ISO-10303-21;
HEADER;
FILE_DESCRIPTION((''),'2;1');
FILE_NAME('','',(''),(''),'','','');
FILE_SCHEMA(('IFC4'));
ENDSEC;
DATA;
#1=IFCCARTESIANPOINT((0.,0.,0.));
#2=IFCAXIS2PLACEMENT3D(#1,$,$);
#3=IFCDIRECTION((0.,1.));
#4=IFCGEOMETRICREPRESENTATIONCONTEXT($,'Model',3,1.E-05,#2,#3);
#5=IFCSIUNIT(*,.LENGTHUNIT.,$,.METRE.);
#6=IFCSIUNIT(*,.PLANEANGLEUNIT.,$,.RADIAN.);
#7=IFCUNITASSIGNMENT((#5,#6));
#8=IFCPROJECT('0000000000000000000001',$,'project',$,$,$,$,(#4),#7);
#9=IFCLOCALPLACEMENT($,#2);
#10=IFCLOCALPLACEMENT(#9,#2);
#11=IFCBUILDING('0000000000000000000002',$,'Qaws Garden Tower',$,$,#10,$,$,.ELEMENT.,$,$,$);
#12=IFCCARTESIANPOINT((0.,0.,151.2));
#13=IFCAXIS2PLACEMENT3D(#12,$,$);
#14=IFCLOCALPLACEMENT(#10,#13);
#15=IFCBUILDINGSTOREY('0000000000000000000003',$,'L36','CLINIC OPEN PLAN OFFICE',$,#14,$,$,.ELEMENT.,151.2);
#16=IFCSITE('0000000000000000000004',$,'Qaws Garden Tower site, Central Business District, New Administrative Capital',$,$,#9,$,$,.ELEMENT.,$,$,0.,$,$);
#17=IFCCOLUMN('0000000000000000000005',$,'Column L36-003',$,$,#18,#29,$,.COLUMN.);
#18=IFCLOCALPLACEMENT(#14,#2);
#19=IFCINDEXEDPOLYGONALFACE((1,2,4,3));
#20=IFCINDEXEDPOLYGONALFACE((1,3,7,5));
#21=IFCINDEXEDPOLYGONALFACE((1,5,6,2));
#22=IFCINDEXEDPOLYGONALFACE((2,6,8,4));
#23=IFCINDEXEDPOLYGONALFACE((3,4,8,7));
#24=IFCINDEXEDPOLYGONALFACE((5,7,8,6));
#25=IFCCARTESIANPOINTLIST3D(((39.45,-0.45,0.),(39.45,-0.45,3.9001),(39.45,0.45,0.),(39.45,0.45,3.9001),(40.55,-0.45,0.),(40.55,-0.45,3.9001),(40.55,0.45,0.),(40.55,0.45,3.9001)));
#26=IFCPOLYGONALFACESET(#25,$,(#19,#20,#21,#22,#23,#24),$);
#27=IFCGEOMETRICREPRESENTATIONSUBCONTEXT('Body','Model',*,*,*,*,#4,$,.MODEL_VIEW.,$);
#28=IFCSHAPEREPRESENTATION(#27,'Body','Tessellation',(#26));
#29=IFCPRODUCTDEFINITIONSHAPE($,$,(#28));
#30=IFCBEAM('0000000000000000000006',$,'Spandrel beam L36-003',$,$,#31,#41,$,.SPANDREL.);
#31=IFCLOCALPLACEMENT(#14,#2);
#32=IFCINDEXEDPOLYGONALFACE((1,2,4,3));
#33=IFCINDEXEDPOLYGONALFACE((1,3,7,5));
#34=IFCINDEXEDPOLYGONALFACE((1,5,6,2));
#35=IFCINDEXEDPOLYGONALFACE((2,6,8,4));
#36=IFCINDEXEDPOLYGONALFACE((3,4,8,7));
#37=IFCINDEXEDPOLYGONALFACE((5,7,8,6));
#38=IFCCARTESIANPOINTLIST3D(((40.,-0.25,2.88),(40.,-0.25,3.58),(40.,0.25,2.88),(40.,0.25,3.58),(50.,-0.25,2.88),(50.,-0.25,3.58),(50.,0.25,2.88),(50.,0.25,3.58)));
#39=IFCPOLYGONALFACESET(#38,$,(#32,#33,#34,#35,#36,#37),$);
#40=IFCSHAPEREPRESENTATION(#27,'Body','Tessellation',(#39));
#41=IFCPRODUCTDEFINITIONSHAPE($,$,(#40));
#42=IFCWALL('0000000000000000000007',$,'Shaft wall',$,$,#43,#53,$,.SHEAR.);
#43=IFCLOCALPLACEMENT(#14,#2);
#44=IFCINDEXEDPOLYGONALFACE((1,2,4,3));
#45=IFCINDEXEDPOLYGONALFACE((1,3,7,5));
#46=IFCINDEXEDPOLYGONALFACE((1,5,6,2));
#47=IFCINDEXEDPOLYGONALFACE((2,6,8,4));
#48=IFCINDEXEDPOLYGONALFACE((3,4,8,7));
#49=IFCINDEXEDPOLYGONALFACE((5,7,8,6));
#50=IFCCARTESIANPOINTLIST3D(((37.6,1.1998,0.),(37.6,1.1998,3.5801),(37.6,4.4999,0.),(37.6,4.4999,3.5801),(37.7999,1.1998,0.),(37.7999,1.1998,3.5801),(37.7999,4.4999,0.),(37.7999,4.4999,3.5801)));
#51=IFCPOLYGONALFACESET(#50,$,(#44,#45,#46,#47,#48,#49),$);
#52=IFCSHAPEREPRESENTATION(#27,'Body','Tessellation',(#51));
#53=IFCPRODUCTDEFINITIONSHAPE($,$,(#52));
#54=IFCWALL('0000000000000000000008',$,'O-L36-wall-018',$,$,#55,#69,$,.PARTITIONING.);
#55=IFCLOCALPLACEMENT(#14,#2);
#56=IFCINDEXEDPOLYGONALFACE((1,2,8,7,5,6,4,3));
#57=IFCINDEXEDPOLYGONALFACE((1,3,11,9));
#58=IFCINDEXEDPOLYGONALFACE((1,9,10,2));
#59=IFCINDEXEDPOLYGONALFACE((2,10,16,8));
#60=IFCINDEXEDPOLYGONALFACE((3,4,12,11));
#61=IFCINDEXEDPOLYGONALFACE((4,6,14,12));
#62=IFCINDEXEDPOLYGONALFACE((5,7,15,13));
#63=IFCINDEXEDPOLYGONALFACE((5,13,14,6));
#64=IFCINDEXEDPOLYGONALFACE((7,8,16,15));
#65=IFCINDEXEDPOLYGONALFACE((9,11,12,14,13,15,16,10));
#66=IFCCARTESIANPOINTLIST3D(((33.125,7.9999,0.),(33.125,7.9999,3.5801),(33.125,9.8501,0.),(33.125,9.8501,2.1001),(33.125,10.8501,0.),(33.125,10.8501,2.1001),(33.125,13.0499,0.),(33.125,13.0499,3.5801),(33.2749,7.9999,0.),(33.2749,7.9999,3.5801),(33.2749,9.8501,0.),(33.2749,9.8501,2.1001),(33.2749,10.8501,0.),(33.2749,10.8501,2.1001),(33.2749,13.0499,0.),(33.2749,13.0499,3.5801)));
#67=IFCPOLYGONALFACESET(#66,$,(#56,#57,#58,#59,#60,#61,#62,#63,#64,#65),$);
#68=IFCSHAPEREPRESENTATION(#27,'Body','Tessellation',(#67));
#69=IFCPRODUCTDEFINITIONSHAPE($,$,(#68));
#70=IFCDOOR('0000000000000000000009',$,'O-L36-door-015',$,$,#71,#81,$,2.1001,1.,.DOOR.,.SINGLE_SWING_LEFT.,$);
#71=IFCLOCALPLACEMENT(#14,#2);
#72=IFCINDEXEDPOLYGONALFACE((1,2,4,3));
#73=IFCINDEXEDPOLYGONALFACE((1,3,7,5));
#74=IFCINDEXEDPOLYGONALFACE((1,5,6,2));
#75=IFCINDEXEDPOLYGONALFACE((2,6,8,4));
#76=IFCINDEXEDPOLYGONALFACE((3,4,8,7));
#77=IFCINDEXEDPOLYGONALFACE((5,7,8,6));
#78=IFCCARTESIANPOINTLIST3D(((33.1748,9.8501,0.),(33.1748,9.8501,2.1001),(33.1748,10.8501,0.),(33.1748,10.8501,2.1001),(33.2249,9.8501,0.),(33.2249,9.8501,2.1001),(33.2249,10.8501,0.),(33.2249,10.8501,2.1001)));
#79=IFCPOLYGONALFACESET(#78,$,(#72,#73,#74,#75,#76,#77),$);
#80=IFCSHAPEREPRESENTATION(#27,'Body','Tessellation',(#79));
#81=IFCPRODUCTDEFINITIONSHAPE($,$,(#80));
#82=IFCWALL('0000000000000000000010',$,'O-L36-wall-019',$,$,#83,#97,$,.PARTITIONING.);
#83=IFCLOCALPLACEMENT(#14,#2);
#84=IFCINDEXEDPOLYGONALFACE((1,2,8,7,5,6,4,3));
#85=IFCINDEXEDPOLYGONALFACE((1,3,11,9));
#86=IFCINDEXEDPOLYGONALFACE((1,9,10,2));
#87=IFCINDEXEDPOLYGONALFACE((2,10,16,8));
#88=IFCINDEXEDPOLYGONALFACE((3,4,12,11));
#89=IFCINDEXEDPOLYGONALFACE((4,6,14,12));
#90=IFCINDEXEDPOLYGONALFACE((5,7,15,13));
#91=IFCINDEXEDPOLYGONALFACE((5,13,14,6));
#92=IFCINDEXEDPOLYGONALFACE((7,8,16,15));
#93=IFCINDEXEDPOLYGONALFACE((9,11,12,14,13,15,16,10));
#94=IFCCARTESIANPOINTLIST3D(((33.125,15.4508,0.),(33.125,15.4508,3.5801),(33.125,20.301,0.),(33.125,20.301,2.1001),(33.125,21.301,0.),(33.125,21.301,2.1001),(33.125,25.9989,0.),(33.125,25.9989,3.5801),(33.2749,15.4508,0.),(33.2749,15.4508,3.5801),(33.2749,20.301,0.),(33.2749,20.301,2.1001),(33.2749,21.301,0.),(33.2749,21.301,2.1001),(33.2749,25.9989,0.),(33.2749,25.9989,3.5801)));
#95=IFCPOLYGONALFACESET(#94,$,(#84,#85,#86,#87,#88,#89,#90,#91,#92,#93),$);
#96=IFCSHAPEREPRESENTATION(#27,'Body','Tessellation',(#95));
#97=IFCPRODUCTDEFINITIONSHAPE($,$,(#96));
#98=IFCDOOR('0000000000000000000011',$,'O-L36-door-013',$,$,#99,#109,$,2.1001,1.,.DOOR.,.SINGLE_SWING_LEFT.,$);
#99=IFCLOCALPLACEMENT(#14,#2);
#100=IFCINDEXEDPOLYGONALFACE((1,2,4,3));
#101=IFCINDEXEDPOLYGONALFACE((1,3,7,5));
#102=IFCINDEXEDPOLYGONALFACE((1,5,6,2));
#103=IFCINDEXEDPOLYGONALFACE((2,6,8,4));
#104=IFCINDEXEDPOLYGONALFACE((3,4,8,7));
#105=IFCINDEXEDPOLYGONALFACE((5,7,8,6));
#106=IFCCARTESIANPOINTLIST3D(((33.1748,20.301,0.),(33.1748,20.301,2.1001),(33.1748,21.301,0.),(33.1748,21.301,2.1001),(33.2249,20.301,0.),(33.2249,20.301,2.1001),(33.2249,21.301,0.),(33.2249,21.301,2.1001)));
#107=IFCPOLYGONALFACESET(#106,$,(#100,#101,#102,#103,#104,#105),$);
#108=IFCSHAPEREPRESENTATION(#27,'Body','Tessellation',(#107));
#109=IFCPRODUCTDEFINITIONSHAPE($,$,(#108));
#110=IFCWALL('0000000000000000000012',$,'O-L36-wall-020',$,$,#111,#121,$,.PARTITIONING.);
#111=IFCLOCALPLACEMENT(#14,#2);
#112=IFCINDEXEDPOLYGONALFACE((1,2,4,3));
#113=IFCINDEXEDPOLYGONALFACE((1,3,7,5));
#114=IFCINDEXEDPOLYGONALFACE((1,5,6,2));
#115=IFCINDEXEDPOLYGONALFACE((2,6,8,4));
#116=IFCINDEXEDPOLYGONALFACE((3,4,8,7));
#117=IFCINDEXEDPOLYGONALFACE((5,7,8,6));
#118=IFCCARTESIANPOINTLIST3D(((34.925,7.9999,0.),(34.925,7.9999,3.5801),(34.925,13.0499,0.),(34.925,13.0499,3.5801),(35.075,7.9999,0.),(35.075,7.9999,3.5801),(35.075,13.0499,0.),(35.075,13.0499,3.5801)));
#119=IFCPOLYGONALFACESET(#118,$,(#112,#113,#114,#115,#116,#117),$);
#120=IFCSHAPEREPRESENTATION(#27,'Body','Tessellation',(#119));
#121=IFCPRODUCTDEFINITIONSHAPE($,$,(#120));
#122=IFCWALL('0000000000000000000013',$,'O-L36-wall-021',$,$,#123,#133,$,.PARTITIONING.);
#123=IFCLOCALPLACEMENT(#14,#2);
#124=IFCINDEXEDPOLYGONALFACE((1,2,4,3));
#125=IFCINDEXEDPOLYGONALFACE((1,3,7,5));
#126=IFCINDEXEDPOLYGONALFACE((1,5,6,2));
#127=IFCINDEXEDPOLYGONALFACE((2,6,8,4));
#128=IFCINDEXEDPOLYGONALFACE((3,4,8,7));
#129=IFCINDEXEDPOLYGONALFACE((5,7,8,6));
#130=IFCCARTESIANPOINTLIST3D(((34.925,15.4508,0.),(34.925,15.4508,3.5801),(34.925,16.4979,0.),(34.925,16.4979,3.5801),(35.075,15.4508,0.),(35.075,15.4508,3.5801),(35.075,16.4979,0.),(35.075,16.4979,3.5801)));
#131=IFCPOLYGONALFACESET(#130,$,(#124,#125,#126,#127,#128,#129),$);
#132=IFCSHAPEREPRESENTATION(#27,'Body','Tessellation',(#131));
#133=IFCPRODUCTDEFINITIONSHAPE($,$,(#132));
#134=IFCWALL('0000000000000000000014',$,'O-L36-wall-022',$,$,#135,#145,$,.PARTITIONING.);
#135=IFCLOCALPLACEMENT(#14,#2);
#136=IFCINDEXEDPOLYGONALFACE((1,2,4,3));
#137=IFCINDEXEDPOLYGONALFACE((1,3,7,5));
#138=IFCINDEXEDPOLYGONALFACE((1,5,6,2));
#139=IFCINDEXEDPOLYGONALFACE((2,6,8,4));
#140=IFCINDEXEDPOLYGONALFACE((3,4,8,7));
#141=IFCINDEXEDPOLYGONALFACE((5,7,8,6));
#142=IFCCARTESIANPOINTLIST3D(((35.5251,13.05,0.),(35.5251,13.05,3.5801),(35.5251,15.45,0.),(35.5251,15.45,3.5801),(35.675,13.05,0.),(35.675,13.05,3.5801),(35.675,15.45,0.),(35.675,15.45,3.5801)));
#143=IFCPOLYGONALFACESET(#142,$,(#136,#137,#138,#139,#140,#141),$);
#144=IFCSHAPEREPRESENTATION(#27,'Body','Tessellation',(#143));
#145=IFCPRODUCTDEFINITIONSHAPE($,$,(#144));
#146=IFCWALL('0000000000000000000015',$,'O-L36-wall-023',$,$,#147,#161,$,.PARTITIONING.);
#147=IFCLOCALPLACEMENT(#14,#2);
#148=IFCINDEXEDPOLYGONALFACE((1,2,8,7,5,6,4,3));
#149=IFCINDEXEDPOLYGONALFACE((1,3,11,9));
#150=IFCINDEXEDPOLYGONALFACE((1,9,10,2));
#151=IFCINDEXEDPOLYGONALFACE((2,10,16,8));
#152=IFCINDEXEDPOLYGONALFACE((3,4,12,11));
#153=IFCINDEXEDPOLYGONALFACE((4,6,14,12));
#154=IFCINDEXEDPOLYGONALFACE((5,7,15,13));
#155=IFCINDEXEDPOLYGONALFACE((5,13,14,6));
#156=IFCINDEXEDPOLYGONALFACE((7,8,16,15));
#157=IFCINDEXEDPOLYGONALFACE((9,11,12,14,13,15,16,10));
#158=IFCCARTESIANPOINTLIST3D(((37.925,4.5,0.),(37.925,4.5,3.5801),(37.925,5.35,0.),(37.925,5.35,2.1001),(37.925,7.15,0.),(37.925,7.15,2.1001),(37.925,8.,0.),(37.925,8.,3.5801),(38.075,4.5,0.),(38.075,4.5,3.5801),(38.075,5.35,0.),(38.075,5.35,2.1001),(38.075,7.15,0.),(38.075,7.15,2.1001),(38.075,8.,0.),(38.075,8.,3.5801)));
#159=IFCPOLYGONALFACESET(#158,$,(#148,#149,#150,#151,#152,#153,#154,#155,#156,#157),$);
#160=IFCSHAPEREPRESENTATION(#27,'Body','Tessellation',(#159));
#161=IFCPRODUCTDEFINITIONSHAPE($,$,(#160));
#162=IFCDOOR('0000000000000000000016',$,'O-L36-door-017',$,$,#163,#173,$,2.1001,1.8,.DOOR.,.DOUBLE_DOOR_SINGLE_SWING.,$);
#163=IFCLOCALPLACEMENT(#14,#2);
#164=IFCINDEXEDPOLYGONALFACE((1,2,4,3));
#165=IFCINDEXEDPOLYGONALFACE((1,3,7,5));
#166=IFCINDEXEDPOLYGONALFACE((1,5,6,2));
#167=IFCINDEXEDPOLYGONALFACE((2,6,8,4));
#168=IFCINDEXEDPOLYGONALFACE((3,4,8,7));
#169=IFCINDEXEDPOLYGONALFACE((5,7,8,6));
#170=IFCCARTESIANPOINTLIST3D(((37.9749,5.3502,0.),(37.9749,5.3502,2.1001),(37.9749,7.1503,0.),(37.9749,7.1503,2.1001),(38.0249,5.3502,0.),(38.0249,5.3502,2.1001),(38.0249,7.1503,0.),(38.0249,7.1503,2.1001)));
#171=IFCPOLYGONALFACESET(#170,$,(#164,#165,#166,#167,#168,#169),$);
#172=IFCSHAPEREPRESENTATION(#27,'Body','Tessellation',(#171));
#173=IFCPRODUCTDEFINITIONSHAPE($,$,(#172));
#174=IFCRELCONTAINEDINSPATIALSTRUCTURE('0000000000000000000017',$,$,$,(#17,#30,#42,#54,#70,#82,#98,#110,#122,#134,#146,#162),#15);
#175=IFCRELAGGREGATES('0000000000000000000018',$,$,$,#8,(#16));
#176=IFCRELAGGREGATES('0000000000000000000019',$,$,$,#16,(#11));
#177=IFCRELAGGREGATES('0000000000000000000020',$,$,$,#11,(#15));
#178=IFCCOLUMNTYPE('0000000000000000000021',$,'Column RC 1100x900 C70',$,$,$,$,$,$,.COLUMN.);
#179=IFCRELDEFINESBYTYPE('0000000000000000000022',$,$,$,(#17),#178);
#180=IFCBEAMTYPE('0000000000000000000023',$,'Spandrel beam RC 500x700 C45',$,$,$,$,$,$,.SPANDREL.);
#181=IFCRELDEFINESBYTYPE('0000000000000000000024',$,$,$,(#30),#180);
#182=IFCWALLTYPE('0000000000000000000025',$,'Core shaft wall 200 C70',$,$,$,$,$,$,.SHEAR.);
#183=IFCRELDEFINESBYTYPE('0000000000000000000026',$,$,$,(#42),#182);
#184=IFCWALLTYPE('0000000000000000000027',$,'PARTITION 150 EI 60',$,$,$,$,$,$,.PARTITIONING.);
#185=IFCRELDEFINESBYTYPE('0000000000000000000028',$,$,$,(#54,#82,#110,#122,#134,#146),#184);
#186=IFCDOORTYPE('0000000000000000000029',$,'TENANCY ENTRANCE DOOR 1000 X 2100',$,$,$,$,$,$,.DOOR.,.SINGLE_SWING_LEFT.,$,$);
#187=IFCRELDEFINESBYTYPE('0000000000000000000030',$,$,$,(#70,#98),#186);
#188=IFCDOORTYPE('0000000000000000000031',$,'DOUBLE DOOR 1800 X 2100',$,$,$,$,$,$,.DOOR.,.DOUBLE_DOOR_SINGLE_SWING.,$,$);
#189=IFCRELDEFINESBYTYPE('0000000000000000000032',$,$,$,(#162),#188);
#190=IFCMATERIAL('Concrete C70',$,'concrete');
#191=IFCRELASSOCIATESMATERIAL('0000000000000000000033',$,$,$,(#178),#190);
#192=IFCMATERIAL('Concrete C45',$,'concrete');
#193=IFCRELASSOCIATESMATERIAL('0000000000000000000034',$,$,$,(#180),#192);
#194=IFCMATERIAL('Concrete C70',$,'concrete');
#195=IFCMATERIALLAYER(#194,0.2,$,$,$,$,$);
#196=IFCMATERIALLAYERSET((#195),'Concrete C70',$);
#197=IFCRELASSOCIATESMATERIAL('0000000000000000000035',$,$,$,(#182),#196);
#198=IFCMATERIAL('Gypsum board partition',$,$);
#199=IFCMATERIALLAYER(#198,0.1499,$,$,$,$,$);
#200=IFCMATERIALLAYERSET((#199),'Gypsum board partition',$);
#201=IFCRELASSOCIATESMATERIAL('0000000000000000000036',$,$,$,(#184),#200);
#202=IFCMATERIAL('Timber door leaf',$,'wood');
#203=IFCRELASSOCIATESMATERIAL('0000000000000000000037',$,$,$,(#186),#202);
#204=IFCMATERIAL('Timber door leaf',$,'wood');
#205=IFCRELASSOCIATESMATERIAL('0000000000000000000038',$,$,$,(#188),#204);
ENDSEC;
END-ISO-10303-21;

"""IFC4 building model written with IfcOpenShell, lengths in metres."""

from ifc_helpers import new_model, si_unit, direction, frame, frame_2d, origin, origin_2d, place, context, subcontext, project, spatial, rectangle, extrude, material, layer, layer_set, material_profile, profile_set, type_object, element, fill, save


model = new_model("IFC4")

# Units and contexts
model_context = context("Model", 3, precision=1e-05, world=origin(), true_north=direction((0.0, 1.0)))
body_context = subcontext(model_context, "Body", "Model", "MODEL_VIEW")
ifc_project = project(units=[si_unit("LENGTHUNIT", "METRE"), si_unit("PLANEANGLEUNIT", "RADIAN")], contexts=[model_context])

# Site, building, storey
site_placement = place(None, origin())
site = spatial("IfcSite", under=ifc_project, at=site_placement, Name="Qaws Garden Tower site, Central Business District, New Administrative Capital", CompositionType="ELEMENT", RefElevation=0.0)
building_placement = place(site_placement, origin())
building = spatial("IfcBuilding", under=site, at=building_placement, Name="Qaws Garden Tower", CompositionType="ELEMENT")
storey_placement = place(building_placement, frame((0.0, 0.0, 151.2)))
storey = spatial("IfcBuildingStorey", under=building, at=storey_placement, Name="L36", Description="CLINIC OPEN PLAN OFFICE", CompositionType="ELEMENT", Elevation=151.2)

# Column
ifc_material_1 = material(Name="Concrete C70", Category="concrete")
ifc_material_profile_1 = material_profile(ifc_material_1, rectangle(XDim=1.1001, YDim=0.8999, at=origin_2d()), Name="RC 1100x900")
ifc_profile_set_1 = profile_set([ifc_material_profile_1], Name="Concrete C70")
column_type = type_object("IfcColumnType", Name="Column RC 1100x900 C70", PredefinedType="COLUMN", material=ifc_profile_set_1)
column_placement = place(storey_placement, frame((40.0, 0.0, 0.0), z_axis=(0.0, 0.0, 1.0), x_axis=(1.0, 0.0, 0.0)))
element("IfcColumn", 1, at=column_placement, inside=storey, type_object=column_type, Name="Column L36-003", PredefinedType="COLUMN", context=body_context, shape_type="SweptSolid", body=[
    extrude(rectangle(XDim=1.1001, YDim=0.8999, at=origin_2d()), origin(), (0.0, 0.0, 1.0), 3.9001),
])

# Beam
ifc_material_2 = material(Name="Concrete C45", Category="concrete")
ifc_material_profile_2 = material_profile(ifc_material_2, rectangle(XDim=0.5, YDim=0.7, at=origin_2d()), Name="RC 500x700")
ifc_profile_set_2 = profile_set([ifc_material_profile_2], Name="Concrete C45")
beam_type = type_object("IfcBeamType", Name="Spandrel beam RC 500x700 C45", PredefinedType="SPANDREL", material=ifc_profile_set_2)
beam_placement = place(storey_placement, frame((40.0, 0.0, 3.23), z_axis=(1.0, 0.0, 0.0), x_axis=(0.0, 1.0, 0.0)))
element("IfcBeam", 2, at=beam_placement, inside=storey, type_object=beam_type, Name="Spandrel beam L36-003", PredefinedType="SPANDREL", context=body_context, shape_type="SweptSolid", body=[
    extrude(rectangle(XDim=0.5, YDim=0.7, at=origin_2d()), origin(), (0.0, 0.0, 1.0), 10.0),
])

# Wall
ifc_material_3 = material(Name="Concrete C70", Category="concrete")
ifc_layer_1 = layer(ifc_material_3, 0.2)
ifc_layer_set_1 = layer_set([ifc_layer_1], Name="Concrete C70")
wall_type_1 = type_object("IfcWallType", Name="Core shaft wall 200 C70", PredefinedType="SHEAR", material=ifc_layer_set_1)
wall_1_placement = place(storey_placement, frame((37.7, 1.2, 0.0), z_axis=(0.0, 0.0, 1.0), x_axis=(0.0, 1.0, 0.0)))
element("IfcWall", 3, at=wall_1_placement, inside=storey, type_object=wall_type_1, Name="Shaft wall", PredefinedType="SHEAR", context=body_context, shape_type="SweptSolid", body=[
    extrude(rectangle(XDim=3.3, YDim=0.2, at=frame_2d((1.6499, 0.0))), origin(), (0.0, 0.0, 1.0), 3.5801),
])

# Walls, openings, doors
ifc_material_4 = material(Name="Gypsum board partition")
ifc_layer_2 = layer(ifc_material_4, 0.1499)
ifc_layer_set_2 = layer_set([ifc_layer_2], Name="Gypsum board partition")
wall_type_2 = type_object("IfcWallType", Name="PARTITION 150 EI 60", PredefinedType="PARTITIONING", material=ifc_layer_set_2)
wall_2_placement = place(storey_placement, frame((33.2, 8.0, 0.0), z_axis=(0.0, 0.0, 1.0), x_axis=(0.0, 1.0, 0.0)))
wall_2 = element("IfcWall", 4, at=wall_2_placement, inside=storey, type_object=wall_type_2, Name="O-L36-wall-018", PredefinedType="PARTITIONING", context=body_context, shape_type="SweptSolid", body=[
    extrude(rectangle(XDim=5.05, YDim=0.1499, at=frame_2d((2.5249, 0.0))), origin(), (0.0, 0.0, 1.0), 3.5801),
])
opening_1_placement = place(wall_2_placement, frame((1.8501, 0.0, 0.0)))
opening_1 = element("IfcOpeningElement", 5, at=opening_1_placement, cuts=wall_2, PredefinedType="OPENING", context=body_context, shape_type="SweptSolid", body=[
    extrude(rectangle(XDim=1.0, YDim=2.1001, at=frame_2d((0.5, 1.05))), frame((0.0, 0.085, 0.0), z_axis=(0.0, -1.0, 0.0), x_axis=(1.0, 0.0, 0.0)), (0.0, 0.0, 1.0), 0.1699),
])
ifc_material_5 = material(Name="Timber door leaf", Category="wood")
door_type_1 = type_object("IfcDoorType", Name="TENANCY ENTRANCE DOOR 1000 X 2100", OperationType="SINGLE_SWING_LEFT", PredefinedType="DOOR", material=ifc_material_5)
door_1_placement = place(opening_1_placement, frame((1.0, 0.0, 0.0), z_axis=(0.0, 0.0, 1.0), x_axis=(-1.0, 0.0, 0.0)))
door_1 = element("IfcDoor", 6, at=door_1_placement, inside=storey, type_object=door_type_1, Name="O-L36-door-015", OperationType="SINGLE_SWING_LEFT", OverallHeight=2.1001, OverallWidth=1.0, PredefinedType="DOOR", context=body_context, shape_type="SweptSolid", body=[
    extrude(rectangle(XDim=1.0, YDim=2.1001, at=frame_2d((0.5, 1.05))), frame((0.0, 0.0249, 0.0), z_axis=(0.0, -1.0, 0.0), x_axis=(1.0, 0.0, 0.0)), (0.0, 0.0, 1.0), 0.05),
])
fill(opening_1, door_1)
wall_3_placement = place(storey_placement, frame((33.2, 15.4509, 0.0), z_axis=(0.0, 0.0, 1.0), x_axis=(0.0, 1.0, 0.0)))
wall_3 = element("IfcWall", 7, at=wall_3_placement, inside=storey, type_object=wall_type_2, Name="O-L36-wall-019", PredefinedType="PARTITIONING", context=body_context, shape_type="SweptSolid", body=[
    extrude(rectangle(XDim=10.5481, YDim=0.1499, at=frame_2d((5.2739, 0.0))), origin(), (0.0, 0.0, 1.0), 3.5801),
])
opening_2_placement = place(wall_3_placement, frame((4.8501, 0.0, 0.0)))
opening_2 = element("IfcOpeningElement", 8, at=opening_2_placement, cuts=wall_3, PredefinedType="OPENING", context=body_context, shape_type="SweptSolid", body=[
    extrude(rectangle(XDim=1.0, YDim=2.1001, at=frame_2d((0.5, 1.05))), frame((0.0, 0.085, 0.0), z_axis=(0.0, -1.0, 0.0), x_axis=(1.0, 0.0, 0.0)), (0.0, 0.0, 1.0), 0.1699),
])
door_2_placement = place(opening_2_placement, frame((1.0, 0.0, 0.0), z_axis=(0.0, 0.0, 1.0), x_axis=(-1.0, 0.0, 0.0)))
door_2 = element("IfcDoor", 9, at=door_2_placement, inside=storey, type_object=door_type_1, Name="O-L36-door-013", OperationType="SINGLE_SWING_LEFT", OverallHeight=2.1001, OverallWidth=1.0, PredefinedType="DOOR", context=body_context, shape_type="SweptSolid", body=[
    extrude(rectangle(XDim=1.0, YDim=2.1001, at=frame_2d((0.5, 1.05))), frame((0.0, 0.0249, 0.0), z_axis=(0.0, -1.0, 0.0), x_axis=(1.0, 0.0, 0.0)), (0.0, 0.0, 1.0), 0.05),
])
fill(opening_2, door_2)

# Walls
wall_4_placement = place(storey_placement, frame((35.0, 8.0, 0.0), z_axis=(0.0, 0.0, 1.0), x_axis=(0.0, 1.0, 0.0)))
element("IfcWall", 10, at=wall_4_placement, inside=storey, type_object=wall_type_2, Name="O-L36-wall-020", PredefinedType="PARTITIONING", context=body_context, shape_type="SweptSolid", body=[
    extrude(rectangle(XDim=5.05, YDim=0.1499, at=frame_2d((2.5249, 0.0))), origin(), (0.0, 0.0, 1.0), 3.5801),
])
wall_5_placement = place(storey_placement, frame((35.0, 15.4509, 0.0), z_axis=(0.0, 0.0, 1.0), x_axis=(0.0, 1.0, 0.0)))
element("IfcWall", 11, at=wall_5_placement, inside=storey, type_object=wall_type_2, Name="O-L36-wall-021", PredefinedType="PARTITIONING", context=body_context, shape_type="SweptSolid", body=[
    extrude(rectangle(XDim=1.0471, YDim=0.1499, at=frame_2d((0.5234, 0.0))), origin(), (0.0, 0.0, 1.0), 3.5801),
])
wall_6_placement = place(storey_placement, frame((35.6001, 13.05, 0.0), z_axis=(0.0, 0.0, 1.0), x_axis=(0.0, 1.0, 0.0)))
element("IfcWall", 12, at=wall_6_placement, inside=storey, type_object=wall_type_2, Name="O-L36-wall-022", PredefinedType="PARTITIONING", context=body_context, shape_type="SweptSolid", body=[
    extrude(rectangle(XDim=2.3999, YDim=0.1499, at=frame_2d((1.2, 0.0))), origin(), (0.0, 0.0, 1.0), 3.5801),
])

# Wall, opening, door
wall_7_placement = place(storey_placement, frame((38.0, 4.5, 0.0), z_axis=(0.0, 0.0, 1.0), x_axis=(0.0, 1.0, 0.0)))
wall_7 = element("IfcWall", 13, at=wall_7_placement, inside=storey, type_object=wall_type_2, Name="O-L36-wall-023", PredefinedType="PARTITIONING", context=body_context, shape_type="SweptSolid", body=[
    extrude(rectangle(XDim=3.5, YDim=0.1499, at=frame_2d((1.75, 0.0))), origin(), (0.0, 0.0, 1.0), 3.5801),
])
opening_3_placement = place(wall_7_placement, frame((0.8501, 0.0, 0.0)))
opening_3 = element("IfcOpeningElement", 14, at=opening_3_placement, cuts=wall_7, PredefinedType="OPENING", context=body_context, shape_type="SweptSolid", body=[
    extrude(rectangle(XDim=1.8, YDim=2.1001, at=frame_2d((0.8999, 1.05))), frame((0.0, 0.085, 0.0), z_axis=(0.0, -1.0, 0.0), x_axis=(1.0, 0.0, 0.0)), (0.0, 0.0, 1.0), 0.1699),
])
ifc_material_6 = material(Name="Timber door leaf", Category="wood")
door_type_2 = type_object("IfcDoorType", Name="DOUBLE DOOR 1800 X 2100", OperationType="DOUBLE_DOOR_SINGLE_SWING", PredefinedType="DOOR", material=ifc_material_6)
door_3_placement = place(opening_3_placement, frame((1.8, 0.0, 0.0), z_axis=(0.0, 0.0, 1.0), x_axis=(-1.0, 0.0, 0.0)))
door_3 = element("IfcDoor", 15, at=door_3_placement, inside=storey, type_object=door_type_2, Name="O-L36-door-017", OperationType="DOUBLE_DOOR_SINGLE_SWING", OverallHeight=2.1001, OverallWidth=1.8, PredefinedType="DOOR", context=body_context, shape_type="SweptSolid", body=[
    extrude(rectangle(XDim=1.8, YDim=2.1001, at=frame_2d((0.8999, 1.05))), frame((0.0, 0.0249, 0.0), z_axis=(0.0, -1.0, 0.0), x_axis=(1.0, 0.0, 0.0)), (0.0, 0.0, 1.0), 0.05),
])
fill(opening_3, door_3)

save(model, "model.ifc")
